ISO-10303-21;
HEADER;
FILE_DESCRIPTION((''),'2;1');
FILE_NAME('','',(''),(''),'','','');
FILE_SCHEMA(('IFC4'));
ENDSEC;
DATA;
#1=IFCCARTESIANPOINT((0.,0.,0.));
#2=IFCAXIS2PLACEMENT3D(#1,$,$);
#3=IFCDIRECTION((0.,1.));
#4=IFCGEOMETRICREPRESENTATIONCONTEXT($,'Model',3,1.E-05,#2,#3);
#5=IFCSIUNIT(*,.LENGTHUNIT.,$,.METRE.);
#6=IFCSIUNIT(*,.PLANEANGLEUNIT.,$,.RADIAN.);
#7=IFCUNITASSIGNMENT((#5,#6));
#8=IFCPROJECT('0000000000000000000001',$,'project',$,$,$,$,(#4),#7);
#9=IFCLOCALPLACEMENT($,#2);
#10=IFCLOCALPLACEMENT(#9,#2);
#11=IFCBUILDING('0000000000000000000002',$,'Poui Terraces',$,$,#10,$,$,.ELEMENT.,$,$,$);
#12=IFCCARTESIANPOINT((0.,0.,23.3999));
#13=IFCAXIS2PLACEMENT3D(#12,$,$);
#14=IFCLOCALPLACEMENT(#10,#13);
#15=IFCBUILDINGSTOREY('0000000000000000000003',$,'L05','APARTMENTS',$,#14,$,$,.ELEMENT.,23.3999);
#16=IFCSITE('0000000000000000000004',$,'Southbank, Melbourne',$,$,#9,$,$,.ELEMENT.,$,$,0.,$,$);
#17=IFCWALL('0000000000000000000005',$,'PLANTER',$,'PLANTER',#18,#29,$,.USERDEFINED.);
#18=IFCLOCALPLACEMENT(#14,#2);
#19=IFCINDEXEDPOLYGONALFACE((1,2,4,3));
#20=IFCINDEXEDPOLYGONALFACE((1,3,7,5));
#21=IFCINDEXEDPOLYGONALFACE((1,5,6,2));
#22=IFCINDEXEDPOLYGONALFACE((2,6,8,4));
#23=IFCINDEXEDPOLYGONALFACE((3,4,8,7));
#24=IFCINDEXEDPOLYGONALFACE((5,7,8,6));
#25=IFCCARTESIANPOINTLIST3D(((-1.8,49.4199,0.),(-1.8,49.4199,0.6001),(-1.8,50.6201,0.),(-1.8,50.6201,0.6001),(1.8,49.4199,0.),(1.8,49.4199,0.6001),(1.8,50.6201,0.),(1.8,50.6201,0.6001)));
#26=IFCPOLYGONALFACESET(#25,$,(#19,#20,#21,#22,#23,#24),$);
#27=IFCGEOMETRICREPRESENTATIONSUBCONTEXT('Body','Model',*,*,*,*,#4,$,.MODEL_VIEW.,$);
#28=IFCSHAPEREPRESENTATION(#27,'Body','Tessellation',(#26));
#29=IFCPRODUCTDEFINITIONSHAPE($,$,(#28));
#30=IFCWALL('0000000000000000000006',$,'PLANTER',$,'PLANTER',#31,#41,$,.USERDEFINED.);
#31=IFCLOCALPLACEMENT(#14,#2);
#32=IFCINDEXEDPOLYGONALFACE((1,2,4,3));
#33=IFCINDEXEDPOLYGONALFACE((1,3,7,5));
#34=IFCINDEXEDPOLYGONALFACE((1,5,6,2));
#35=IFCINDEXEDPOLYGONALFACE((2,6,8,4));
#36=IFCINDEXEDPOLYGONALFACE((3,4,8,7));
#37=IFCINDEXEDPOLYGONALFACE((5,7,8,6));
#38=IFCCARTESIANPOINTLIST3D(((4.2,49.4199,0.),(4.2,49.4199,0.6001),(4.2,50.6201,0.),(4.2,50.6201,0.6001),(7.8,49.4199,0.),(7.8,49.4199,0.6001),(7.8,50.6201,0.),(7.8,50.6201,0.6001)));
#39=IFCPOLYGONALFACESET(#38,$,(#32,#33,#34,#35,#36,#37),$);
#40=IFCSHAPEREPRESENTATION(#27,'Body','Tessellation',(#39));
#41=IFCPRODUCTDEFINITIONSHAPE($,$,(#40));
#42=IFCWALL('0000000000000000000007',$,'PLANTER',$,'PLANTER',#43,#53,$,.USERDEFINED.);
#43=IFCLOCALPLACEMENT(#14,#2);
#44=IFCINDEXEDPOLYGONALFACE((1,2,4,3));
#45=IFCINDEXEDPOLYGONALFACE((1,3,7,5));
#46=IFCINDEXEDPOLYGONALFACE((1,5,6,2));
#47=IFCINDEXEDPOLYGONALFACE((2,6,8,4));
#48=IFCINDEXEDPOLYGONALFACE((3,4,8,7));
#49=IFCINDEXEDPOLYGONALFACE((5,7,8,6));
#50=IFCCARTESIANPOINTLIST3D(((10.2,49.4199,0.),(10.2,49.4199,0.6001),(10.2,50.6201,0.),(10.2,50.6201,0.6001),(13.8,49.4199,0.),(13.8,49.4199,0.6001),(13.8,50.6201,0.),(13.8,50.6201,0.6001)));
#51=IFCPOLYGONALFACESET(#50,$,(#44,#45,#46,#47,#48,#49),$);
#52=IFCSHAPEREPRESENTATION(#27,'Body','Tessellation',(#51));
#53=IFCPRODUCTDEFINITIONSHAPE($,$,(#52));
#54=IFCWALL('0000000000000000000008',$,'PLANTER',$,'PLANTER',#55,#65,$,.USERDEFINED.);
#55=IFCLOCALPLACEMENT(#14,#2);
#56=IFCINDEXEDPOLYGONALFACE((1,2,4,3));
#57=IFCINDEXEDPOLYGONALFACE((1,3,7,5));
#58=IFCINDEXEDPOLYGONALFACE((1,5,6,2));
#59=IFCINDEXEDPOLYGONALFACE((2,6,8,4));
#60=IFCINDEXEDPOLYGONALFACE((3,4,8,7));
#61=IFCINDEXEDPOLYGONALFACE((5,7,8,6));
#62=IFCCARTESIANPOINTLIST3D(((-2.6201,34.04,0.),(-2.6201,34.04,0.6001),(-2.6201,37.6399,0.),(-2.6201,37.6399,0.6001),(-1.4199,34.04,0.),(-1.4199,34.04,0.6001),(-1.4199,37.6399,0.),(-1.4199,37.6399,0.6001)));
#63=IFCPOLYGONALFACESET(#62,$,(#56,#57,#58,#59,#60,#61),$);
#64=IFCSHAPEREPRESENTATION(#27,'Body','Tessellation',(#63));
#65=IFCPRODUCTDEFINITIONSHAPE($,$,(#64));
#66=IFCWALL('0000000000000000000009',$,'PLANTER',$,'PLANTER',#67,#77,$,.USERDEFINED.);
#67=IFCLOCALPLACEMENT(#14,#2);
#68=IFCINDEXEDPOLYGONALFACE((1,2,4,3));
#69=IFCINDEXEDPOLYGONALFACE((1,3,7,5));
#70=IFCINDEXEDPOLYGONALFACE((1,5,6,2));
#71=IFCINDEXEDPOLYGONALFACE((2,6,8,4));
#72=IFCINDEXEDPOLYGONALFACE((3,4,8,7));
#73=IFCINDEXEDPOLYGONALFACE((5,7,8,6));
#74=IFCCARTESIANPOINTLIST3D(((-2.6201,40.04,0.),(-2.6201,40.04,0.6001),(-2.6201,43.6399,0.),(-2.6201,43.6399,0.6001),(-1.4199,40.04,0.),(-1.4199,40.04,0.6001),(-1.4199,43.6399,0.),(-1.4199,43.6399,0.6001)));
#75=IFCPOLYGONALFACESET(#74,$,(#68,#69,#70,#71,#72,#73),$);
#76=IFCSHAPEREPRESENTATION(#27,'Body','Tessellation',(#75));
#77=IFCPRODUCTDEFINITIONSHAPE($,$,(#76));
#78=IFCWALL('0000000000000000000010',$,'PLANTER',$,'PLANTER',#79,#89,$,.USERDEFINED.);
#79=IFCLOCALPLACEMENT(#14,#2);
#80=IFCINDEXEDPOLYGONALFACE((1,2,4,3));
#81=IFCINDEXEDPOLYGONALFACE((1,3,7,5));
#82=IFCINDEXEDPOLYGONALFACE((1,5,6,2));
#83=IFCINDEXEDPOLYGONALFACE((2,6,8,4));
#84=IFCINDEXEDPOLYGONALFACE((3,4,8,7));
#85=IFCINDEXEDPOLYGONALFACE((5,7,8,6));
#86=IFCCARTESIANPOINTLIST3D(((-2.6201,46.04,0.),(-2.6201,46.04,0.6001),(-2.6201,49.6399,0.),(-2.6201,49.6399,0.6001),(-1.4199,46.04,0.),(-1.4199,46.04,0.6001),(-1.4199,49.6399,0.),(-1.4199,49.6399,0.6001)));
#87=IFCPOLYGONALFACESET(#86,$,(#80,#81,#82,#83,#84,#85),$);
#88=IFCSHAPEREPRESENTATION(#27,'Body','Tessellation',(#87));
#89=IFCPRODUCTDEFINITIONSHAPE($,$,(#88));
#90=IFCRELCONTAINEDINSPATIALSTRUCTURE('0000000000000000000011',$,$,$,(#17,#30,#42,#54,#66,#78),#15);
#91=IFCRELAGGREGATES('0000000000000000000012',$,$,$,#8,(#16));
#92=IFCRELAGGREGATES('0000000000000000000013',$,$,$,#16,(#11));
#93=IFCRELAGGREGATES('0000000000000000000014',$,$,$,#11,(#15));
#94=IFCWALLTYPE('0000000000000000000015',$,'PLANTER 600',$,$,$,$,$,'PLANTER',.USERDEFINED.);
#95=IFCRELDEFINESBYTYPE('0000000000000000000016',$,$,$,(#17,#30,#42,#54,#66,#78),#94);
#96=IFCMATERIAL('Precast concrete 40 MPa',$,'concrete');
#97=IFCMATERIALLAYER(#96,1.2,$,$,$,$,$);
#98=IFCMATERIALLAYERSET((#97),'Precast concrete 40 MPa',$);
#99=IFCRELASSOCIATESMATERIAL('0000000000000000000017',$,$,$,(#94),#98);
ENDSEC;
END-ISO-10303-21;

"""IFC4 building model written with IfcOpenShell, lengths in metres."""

from ifc_helpers import new_model, si_unit, direction, frame, origin, place, context, subcontext, project, spatial, polyline, outline, extrude, source, transform, mapped, material, layer, layer_set, type_object, element, save


model = new_model("IFC4")

# Units and contexts
model_context = context("Model", 3, precision=1e-05, world=origin(), true_north=direction((0.0, 1.0)))
body_context = subcontext(model_context, "Body", "Model", "MODEL_VIEW")
ifc_project = project(units=[si_unit("LENGTHUNIT", "METRE"), si_unit("PLANEANGLEUNIT", "RADIAN")], contexts=[model_context])

# Site, building, storey
site_placement = place(None, origin())
site = spatial("IfcSite", under=ifc_project, at=site_placement, Name="Southbank, Melbourne", CompositionType="ELEMENT", RefElevation=0.0)
building_placement = place(site_placement, origin())
building = spatial("IfcBuilding", under=site, at=building_placement, Name="Poui Terraces", CompositionType="ELEMENT")
storey_placement = place(building_placement, frame((0.0, 0.0, 23.3999)))
storey = spatial("IfcBuildingStorey", under=building, at=storey_placement, Name="L05", Description="APARTMENTS", CompositionType="ELEMENT", Elevation=23.3999)

# Walls
ifc_material_1 = material(Name="Precast concrete 40 MPa", Category="concrete")
ifc_layer_1 = layer(ifc_material_1, 1.2)
ifc_layer_set_1 = layer_set([ifc_layer_1], Name="Precast concrete 40 MPa")
wall_type_1 = type_object("IfcWallType", Name="PLANTER 600", ElementType="PLANTER", PredefinedType="USERDEFINED", material=ifc_layer_set_1)
shared_shape_1 = source(origin(), body_context, "Body", "SweptSolid", [
    extrude(outline(polyline([(0.0, 0.0), (3.6001, 0.0), (3.6001, 1.2002), (0.0, 1.2002), (0.0, 0.0)])), origin(), (0.0, 0.0, 1.0), 0.6001),
])
for number, where, name in (
    (1, (-1.8, 49.4199, 0.0), "PLANTER"),
    (2, (4.2, 49.4199, 0.0), "PLANTER"),
    (3, (10.2, 49.4199, 0.0), "PLANTER"),
):
    element("IfcWall", number, at=place(storey_placement, frame(where)), inside=storey, type_object=wall_type_1, Name=name, ObjectType="PLANTER", PredefinedType="USERDEFINED", context=body_context, shape_type="MappedRepresentation", body=[
        mapped(shared_shape_1, transform((0.0, 0.0, 0.0))),
    ])
shared_shape_2 = source(origin(), body_context, "Body", "SweptSolid", [
    extrude(outline(polyline([(0.0, 0.0), (1.2002, 0.0), (1.2002, 3.5999), (0.0, 3.5999), (0.0, 0.0)])), origin(), (0.0, 0.0, 1.0), 0.6001),
])
for number, where, name in (
    (4, (-2.6201, 34.04, 0.0), "PLANTER"),
    (5, (-2.6201, 40.04, 0.0), "PLANTER"),
    (6, (-2.6201, 46.04, 0.0), "PLANTER"),
):
    element("IfcWall", number, at=place(storey_placement, frame(where)), inside=storey, type_object=wall_type_1, Name=name, ObjectType="PLANTER", PredefinedType="USERDEFINED", context=body_context, shape_type="MappedRepresentation", body=[
        mapped(shared_shape_2, transform((0.0, 0.0, 0.0))),
    ])

save(model, "model.ifc")
